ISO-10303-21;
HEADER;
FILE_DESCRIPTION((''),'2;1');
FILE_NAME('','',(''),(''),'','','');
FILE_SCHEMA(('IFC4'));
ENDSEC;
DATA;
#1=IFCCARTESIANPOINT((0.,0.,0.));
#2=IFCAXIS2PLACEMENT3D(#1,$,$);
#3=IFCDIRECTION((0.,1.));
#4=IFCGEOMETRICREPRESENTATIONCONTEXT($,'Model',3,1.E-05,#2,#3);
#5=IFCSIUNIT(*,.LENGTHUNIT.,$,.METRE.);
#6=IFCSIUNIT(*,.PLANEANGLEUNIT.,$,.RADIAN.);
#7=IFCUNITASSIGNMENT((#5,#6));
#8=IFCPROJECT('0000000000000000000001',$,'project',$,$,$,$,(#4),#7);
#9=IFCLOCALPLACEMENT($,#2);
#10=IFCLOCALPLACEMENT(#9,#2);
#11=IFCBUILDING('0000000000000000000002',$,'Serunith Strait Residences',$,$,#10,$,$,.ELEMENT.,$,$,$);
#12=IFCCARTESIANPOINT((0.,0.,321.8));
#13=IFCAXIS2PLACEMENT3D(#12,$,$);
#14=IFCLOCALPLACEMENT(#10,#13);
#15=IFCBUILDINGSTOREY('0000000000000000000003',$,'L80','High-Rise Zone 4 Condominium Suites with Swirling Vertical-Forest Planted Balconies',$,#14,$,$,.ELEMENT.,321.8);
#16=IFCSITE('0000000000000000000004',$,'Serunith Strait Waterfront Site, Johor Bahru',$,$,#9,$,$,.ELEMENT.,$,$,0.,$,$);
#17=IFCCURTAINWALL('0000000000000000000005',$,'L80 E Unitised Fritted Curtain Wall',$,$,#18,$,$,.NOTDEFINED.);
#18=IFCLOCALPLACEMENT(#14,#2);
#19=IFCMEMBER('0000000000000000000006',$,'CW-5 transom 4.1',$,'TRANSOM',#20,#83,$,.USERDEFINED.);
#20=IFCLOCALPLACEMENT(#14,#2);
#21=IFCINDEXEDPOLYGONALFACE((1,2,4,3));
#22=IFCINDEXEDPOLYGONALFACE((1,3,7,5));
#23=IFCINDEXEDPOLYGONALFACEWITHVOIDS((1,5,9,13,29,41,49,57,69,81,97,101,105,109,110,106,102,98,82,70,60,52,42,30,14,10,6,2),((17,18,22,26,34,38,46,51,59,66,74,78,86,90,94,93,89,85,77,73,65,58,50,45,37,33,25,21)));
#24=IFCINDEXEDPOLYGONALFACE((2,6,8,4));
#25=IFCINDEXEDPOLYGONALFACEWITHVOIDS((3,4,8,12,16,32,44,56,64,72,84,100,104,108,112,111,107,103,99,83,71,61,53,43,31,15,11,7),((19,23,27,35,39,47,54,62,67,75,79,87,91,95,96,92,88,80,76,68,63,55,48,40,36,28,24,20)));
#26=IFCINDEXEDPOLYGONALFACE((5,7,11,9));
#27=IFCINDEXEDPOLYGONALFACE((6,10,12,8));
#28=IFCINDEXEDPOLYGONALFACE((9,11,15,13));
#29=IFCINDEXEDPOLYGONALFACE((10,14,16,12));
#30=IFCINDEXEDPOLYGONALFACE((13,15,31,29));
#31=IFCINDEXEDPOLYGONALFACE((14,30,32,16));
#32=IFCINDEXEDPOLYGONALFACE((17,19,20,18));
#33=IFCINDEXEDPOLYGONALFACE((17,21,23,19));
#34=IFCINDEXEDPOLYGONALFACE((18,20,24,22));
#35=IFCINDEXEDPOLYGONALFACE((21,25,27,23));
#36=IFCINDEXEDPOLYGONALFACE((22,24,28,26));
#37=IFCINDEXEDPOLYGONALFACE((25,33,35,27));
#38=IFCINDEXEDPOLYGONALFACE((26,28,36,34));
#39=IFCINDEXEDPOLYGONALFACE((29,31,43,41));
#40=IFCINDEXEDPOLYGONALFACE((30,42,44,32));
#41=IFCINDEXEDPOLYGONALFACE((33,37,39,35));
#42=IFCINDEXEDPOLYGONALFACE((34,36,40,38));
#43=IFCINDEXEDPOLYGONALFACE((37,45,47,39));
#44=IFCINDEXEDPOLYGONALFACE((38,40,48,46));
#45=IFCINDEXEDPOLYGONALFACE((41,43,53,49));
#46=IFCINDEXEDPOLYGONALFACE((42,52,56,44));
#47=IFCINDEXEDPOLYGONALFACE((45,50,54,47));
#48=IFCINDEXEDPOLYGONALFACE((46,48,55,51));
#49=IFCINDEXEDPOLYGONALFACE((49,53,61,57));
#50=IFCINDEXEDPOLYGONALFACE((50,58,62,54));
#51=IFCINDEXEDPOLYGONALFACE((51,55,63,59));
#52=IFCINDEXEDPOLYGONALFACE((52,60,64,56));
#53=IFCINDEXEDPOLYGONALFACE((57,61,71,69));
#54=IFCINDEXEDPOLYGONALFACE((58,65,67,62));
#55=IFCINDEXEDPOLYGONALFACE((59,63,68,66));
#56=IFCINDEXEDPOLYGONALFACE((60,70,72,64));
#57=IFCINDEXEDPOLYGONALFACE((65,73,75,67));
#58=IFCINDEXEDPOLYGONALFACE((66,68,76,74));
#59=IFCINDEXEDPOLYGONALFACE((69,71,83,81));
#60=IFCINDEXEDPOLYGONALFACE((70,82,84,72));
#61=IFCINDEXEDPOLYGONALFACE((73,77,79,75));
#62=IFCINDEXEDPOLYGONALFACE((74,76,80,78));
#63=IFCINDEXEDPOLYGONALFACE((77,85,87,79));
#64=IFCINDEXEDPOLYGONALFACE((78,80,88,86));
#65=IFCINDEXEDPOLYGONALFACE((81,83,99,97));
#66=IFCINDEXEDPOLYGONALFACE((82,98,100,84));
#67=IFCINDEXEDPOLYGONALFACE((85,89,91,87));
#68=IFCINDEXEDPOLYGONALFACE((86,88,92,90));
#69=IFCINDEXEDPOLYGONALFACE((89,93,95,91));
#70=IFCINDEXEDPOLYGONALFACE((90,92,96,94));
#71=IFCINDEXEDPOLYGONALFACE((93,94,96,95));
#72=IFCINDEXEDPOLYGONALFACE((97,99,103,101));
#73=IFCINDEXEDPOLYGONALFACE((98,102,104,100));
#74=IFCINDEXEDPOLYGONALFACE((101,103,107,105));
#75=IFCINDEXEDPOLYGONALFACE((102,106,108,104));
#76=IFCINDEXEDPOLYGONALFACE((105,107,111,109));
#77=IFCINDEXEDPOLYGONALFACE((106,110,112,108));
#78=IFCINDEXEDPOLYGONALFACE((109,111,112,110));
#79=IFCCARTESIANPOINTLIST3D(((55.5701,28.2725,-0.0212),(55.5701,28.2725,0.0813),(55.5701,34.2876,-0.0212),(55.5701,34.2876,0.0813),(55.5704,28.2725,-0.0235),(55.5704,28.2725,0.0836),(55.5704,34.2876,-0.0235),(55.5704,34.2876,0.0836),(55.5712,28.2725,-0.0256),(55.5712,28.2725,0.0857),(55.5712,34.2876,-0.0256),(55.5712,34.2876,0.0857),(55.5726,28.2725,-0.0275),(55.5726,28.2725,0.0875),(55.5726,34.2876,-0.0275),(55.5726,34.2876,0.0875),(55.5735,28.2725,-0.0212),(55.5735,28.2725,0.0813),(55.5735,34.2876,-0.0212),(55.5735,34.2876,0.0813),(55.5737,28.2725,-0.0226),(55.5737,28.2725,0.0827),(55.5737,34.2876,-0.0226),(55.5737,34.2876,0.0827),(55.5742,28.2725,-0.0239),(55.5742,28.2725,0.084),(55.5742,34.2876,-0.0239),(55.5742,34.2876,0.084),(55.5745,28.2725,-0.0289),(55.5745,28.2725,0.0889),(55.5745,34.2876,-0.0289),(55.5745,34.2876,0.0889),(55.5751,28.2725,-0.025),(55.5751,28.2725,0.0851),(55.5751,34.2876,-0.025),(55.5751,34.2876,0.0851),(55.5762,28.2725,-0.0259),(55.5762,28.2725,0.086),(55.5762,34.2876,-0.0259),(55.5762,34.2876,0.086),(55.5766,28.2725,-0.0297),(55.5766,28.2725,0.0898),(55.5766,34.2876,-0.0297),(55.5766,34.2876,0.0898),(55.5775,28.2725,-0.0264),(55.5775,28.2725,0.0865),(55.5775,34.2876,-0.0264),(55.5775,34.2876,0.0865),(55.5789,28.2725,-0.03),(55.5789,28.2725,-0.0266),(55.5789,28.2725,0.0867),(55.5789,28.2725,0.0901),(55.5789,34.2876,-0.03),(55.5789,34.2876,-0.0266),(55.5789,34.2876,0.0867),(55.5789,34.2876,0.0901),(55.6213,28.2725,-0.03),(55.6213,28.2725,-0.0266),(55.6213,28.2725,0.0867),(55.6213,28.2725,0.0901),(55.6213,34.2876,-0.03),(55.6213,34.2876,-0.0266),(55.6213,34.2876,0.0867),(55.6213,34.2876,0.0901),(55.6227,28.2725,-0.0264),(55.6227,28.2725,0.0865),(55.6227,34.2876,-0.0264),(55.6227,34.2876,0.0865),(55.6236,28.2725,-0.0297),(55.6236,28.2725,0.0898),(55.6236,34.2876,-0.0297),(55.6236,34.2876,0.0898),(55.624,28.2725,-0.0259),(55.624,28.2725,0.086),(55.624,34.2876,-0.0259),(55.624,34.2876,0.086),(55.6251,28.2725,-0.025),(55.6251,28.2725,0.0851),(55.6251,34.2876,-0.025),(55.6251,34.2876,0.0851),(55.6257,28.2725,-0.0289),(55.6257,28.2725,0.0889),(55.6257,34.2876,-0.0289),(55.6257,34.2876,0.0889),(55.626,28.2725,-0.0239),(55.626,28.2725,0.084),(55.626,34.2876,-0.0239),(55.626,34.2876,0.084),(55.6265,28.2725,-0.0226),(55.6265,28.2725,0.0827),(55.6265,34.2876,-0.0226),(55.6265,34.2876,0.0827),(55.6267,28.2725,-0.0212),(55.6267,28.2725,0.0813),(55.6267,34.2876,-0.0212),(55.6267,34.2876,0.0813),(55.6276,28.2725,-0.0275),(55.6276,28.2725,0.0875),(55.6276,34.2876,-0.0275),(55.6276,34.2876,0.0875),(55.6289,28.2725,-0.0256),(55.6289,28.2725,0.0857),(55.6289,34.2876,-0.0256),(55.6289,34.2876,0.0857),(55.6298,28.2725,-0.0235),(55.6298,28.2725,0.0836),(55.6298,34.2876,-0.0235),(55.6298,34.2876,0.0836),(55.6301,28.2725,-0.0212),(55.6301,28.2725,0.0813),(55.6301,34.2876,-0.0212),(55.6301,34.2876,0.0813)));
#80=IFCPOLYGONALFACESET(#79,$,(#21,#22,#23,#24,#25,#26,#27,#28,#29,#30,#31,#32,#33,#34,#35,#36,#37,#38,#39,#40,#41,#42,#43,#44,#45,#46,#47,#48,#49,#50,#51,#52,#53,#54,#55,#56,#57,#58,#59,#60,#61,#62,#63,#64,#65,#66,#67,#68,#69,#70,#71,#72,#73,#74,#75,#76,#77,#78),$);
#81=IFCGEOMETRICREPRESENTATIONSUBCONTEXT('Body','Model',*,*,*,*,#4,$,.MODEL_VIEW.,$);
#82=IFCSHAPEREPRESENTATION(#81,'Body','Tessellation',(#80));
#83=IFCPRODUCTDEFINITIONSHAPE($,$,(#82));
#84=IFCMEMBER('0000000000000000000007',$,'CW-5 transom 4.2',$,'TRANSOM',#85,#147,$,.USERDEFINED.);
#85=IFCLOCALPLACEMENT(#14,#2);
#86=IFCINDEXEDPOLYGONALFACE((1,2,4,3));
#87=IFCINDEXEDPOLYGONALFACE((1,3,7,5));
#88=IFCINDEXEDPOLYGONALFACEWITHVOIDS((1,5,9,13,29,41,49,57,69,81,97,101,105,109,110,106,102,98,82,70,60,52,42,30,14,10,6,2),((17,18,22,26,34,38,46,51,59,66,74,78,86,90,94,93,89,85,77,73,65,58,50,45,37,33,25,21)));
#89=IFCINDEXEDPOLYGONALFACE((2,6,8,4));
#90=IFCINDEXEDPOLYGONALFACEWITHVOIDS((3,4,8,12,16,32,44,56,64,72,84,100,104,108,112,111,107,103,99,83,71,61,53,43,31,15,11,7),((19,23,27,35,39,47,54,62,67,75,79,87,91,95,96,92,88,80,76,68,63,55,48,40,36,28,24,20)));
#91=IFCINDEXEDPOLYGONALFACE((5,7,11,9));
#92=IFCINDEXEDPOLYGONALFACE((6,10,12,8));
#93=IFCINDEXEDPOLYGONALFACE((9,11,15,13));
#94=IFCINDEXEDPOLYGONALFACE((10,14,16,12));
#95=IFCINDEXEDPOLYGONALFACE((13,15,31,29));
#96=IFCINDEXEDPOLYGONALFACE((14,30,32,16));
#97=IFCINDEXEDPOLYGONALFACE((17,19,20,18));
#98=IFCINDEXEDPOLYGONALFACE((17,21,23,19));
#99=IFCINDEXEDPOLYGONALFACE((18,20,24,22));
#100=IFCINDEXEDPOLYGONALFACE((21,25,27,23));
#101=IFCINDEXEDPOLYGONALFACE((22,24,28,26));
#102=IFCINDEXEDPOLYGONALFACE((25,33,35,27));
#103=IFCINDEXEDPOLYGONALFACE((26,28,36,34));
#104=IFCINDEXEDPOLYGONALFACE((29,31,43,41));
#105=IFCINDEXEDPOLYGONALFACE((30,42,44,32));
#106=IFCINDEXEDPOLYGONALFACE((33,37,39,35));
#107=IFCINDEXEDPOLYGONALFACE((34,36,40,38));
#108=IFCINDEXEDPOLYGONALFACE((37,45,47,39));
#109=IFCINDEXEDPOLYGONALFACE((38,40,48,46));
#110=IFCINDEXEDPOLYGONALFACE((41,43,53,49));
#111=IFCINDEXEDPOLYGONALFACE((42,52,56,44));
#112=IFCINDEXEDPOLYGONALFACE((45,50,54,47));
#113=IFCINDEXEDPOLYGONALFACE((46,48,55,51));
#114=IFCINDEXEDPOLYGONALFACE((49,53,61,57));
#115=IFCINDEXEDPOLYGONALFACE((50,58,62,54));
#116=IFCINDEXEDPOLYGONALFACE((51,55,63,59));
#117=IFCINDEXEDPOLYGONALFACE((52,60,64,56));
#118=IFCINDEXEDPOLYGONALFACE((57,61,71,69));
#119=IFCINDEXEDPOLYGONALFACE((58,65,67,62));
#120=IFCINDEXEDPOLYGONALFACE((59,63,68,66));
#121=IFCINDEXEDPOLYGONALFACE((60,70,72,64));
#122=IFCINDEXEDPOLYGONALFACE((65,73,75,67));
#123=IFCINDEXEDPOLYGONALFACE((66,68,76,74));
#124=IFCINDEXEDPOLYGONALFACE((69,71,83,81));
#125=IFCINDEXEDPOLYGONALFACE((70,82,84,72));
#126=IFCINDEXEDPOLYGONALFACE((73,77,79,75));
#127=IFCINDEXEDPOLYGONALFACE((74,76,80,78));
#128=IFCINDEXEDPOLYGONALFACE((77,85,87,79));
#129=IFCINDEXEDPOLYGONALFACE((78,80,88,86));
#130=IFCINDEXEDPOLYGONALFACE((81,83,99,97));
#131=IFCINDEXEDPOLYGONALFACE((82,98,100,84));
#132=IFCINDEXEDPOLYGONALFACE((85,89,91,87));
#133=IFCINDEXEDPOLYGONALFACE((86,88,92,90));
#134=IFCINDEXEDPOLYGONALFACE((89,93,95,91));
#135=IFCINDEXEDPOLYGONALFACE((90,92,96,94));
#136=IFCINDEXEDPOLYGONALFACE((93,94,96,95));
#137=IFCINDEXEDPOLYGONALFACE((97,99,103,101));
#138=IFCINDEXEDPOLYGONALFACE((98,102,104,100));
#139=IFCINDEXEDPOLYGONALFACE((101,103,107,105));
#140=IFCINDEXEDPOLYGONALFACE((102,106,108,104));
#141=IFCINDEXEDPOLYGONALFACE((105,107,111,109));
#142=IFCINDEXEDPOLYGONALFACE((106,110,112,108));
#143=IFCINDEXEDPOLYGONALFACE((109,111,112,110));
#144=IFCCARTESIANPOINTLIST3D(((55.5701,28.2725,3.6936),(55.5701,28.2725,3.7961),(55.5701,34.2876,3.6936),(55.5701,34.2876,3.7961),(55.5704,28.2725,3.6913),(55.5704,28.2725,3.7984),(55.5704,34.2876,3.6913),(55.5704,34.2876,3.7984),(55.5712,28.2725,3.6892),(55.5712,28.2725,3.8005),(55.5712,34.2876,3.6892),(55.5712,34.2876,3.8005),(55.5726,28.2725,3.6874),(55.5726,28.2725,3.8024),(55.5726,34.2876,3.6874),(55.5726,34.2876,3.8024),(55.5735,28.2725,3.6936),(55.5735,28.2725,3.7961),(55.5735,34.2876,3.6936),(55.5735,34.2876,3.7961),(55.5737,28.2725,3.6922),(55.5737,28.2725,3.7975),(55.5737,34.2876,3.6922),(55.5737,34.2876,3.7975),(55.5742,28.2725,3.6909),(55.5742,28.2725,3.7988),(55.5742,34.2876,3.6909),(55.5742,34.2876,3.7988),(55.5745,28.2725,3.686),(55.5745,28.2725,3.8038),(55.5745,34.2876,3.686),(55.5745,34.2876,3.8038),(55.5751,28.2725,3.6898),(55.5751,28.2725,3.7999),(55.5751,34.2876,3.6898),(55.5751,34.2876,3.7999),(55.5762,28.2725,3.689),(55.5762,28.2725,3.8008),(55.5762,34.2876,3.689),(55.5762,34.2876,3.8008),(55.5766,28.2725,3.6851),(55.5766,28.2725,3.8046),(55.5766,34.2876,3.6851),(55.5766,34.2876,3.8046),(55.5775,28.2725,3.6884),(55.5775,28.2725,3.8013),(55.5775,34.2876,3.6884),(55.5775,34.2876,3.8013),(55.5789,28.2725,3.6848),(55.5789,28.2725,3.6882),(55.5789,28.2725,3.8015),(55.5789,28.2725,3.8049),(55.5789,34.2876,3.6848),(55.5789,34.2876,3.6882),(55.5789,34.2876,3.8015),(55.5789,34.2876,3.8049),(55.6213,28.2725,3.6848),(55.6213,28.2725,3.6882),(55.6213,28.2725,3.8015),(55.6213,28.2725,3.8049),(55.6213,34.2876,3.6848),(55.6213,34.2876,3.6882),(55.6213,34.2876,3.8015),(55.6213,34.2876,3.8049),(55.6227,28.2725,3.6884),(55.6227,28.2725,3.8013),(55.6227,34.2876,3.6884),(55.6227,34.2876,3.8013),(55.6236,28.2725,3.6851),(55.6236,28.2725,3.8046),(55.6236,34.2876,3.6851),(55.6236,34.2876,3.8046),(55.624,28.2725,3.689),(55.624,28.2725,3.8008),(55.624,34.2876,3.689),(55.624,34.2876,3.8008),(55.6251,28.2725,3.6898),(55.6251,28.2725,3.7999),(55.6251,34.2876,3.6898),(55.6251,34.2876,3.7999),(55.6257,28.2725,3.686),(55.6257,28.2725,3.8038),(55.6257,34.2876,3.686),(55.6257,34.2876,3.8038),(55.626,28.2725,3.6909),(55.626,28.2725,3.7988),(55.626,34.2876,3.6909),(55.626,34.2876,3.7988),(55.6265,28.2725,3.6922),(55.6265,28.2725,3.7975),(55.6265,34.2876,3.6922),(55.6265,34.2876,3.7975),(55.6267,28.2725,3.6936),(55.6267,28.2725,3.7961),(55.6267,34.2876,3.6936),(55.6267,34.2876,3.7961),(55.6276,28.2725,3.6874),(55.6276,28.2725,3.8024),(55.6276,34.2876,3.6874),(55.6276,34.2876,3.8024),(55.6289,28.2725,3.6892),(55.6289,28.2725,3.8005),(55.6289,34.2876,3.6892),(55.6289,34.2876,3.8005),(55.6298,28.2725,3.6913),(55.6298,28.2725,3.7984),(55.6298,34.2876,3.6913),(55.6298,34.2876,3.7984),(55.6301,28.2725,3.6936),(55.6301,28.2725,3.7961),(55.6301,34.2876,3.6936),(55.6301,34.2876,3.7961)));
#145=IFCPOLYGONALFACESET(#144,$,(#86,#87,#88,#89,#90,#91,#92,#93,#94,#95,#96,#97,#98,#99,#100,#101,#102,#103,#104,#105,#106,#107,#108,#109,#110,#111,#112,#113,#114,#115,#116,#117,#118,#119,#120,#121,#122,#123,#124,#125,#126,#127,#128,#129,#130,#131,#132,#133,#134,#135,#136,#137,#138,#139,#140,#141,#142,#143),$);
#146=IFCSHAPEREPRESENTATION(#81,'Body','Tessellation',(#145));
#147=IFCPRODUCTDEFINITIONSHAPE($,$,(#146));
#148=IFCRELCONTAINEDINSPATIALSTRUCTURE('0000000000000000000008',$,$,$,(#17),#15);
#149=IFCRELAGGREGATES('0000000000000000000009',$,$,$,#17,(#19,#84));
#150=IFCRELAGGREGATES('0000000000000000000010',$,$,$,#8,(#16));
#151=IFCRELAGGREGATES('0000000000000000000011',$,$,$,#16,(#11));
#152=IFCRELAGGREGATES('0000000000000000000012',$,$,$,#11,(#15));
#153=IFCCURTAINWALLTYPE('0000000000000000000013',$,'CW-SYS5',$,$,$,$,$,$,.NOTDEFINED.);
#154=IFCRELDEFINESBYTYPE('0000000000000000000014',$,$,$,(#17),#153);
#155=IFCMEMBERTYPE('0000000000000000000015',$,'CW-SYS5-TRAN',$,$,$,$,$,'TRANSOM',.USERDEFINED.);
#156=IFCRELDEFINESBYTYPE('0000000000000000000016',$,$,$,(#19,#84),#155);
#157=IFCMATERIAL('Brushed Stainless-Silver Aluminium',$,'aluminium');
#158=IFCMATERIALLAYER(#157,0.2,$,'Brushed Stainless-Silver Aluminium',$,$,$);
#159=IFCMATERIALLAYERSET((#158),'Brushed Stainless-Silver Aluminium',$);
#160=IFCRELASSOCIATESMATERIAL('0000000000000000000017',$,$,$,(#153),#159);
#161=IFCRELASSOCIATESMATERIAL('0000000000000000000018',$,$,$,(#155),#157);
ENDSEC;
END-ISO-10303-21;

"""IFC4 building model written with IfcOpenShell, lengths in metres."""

from ifc_helpers import new_model, si_unit, direction, frame, origin, origin_2d, place, context, subcontext, project, spatial, hollow_rectangle, extrude, source, transform, mapped, material, layer, layer_set, material_profile, profile_set, type_object, element, aggregate, save


model = new_model("IFC4")

# Units and contexts
model_context = context("Model", 3, precision=1e-05, world=origin(), true_north=direction((0.0, 1.0)))
body_context = subcontext(model_context, "Body", "Model", "MODEL_VIEW")
ifc_project = project(units=[si_unit("LENGTHUNIT", "METRE"), si_unit("PLANEANGLEUNIT", "RADIAN")], contexts=[model_context])

# Site, building, storey
site_placement = place(None, origin())
site = spatial("IfcSite", under=ifc_project, at=site_placement, Name="Serunith Strait Waterfront Site, Johor Bahru", CompositionType="ELEMENT", RefElevation=0.0)
building_placement = place(site_placement, origin())
building = spatial("IfcBuilding", under=site, at=building_placement, Name="Serunith Strait Residences", CompositionType="ELEMENT")
storey_placement = place(building_placement, frame((0.0, 0.0, 321.8)))
storey = spatial("IfcBuildingStorey", under=building, at=storey_placement, Name="L80", Description="High-Rise Zone 4 Condominium Suites with Swirling Vertical-Forest Planted Balconies", CompositionType="ELEMENT", Elevation=321.8)

# Curtain wall, members
ifc_material_1 = material(Name="Brushed Stainless-Silver Aluminium", Category="aluminium")
ifc_layer_1 = layer(ifc_material_1, 0.2, Name="Brushed Stainless-Silver Aluminium")
ifc_layer_set_1 = layer_set([ifc_layer_1], Name="Brushed Stainless-Silver Aluminium")
curtain_wall_type = type_object("IfcCurtainWallType", Name="CW-SYS5", PredefinedType="NOTDEFINED", material=ifc_layer_set_1)
curtain_wall_placement = place(storey_placement, origin())
curtain_wall = element("IfcCurtainWall", 1, at=curtain_wall_placement, inside=storey, type_object=curtain_wall_type, Name="L80 E Unitised Fritted Curtain Wall", PredefinedType="NOTDEFINED")
ifc_material_profile_1 = material_profile(ifc_material_1, hollow_rectangle(XDim=0.0601, YDim=0.1201, WallThickness=0.0034, InnerFilletRadius=0.0054, OuterFilletRadius=0.0088, at=origin_2d()), Name="ALU 120x60x3.5")
ifc_profile_set_1 = profile_set([ifc_material_profile_1], Name="Brushed Stainless-Silver Aluminium")
member_type_1 = type_object("IfcMemberType", Name="CW-SYS5-TRAN", ElementType="TRANSOM", PredefinedType="USERDEFINED", material=ifc_profile_set_1)
shared_shape_1 = source(origin(), body_context, "Body", "SweptSolid", [
    extrude(hollow_rectangle(XDim=0.0601, YDim=0.1201, WallThickness=0.0034, InnerFilletRadius=0.0054, OuterFilletRadius=0.0088, at=origin_2d()), origin(), (0.0, 0.0, 1.0), 6.0151),
])
member_1_placement = place(storey_placement, frame((55.6001, 28.2725, 0.03), z_axis=(0.0, 1.0, 0.0), x_axis=(-1.0, 0.0, 0.0)))
member_1 = element("IfcMember", 2, at=member_1_placement, type_object=member_type_1, Name="CW-5 transom 4.1", ObjectType="TRANSOM", PredefinedType="USERDEFINED", context=body_context, shape_type="MappedRepresentation", body=[
    mapped(shared_shape_1, transform((0.0, 0.0, 0.0), scale=1.0)),
])
member_2_placement = place(storey_placement, frame((55.6001, 28.2725, 3.7449), z_axis=(0.0, 1.0, 0.0), x_axis=(-1.0, 0.0, 0.0)))
member_2 = element("IfcMember", 3, at=member_2_placement, type_object=member_type_1, Name="CW-5 transom 4.2", ObjectType="TRANSOM", PredefinedType="USERDEFINED", context=body_context, shape_type="MappedRepresentation", body=[
    mapped(shared_shape_1, transform((0.0, 0.0, 0.0), scale=1.0)),
])
aggregate(curtain_wall, [member_1, member_2])

save(model, "model.ifc")
